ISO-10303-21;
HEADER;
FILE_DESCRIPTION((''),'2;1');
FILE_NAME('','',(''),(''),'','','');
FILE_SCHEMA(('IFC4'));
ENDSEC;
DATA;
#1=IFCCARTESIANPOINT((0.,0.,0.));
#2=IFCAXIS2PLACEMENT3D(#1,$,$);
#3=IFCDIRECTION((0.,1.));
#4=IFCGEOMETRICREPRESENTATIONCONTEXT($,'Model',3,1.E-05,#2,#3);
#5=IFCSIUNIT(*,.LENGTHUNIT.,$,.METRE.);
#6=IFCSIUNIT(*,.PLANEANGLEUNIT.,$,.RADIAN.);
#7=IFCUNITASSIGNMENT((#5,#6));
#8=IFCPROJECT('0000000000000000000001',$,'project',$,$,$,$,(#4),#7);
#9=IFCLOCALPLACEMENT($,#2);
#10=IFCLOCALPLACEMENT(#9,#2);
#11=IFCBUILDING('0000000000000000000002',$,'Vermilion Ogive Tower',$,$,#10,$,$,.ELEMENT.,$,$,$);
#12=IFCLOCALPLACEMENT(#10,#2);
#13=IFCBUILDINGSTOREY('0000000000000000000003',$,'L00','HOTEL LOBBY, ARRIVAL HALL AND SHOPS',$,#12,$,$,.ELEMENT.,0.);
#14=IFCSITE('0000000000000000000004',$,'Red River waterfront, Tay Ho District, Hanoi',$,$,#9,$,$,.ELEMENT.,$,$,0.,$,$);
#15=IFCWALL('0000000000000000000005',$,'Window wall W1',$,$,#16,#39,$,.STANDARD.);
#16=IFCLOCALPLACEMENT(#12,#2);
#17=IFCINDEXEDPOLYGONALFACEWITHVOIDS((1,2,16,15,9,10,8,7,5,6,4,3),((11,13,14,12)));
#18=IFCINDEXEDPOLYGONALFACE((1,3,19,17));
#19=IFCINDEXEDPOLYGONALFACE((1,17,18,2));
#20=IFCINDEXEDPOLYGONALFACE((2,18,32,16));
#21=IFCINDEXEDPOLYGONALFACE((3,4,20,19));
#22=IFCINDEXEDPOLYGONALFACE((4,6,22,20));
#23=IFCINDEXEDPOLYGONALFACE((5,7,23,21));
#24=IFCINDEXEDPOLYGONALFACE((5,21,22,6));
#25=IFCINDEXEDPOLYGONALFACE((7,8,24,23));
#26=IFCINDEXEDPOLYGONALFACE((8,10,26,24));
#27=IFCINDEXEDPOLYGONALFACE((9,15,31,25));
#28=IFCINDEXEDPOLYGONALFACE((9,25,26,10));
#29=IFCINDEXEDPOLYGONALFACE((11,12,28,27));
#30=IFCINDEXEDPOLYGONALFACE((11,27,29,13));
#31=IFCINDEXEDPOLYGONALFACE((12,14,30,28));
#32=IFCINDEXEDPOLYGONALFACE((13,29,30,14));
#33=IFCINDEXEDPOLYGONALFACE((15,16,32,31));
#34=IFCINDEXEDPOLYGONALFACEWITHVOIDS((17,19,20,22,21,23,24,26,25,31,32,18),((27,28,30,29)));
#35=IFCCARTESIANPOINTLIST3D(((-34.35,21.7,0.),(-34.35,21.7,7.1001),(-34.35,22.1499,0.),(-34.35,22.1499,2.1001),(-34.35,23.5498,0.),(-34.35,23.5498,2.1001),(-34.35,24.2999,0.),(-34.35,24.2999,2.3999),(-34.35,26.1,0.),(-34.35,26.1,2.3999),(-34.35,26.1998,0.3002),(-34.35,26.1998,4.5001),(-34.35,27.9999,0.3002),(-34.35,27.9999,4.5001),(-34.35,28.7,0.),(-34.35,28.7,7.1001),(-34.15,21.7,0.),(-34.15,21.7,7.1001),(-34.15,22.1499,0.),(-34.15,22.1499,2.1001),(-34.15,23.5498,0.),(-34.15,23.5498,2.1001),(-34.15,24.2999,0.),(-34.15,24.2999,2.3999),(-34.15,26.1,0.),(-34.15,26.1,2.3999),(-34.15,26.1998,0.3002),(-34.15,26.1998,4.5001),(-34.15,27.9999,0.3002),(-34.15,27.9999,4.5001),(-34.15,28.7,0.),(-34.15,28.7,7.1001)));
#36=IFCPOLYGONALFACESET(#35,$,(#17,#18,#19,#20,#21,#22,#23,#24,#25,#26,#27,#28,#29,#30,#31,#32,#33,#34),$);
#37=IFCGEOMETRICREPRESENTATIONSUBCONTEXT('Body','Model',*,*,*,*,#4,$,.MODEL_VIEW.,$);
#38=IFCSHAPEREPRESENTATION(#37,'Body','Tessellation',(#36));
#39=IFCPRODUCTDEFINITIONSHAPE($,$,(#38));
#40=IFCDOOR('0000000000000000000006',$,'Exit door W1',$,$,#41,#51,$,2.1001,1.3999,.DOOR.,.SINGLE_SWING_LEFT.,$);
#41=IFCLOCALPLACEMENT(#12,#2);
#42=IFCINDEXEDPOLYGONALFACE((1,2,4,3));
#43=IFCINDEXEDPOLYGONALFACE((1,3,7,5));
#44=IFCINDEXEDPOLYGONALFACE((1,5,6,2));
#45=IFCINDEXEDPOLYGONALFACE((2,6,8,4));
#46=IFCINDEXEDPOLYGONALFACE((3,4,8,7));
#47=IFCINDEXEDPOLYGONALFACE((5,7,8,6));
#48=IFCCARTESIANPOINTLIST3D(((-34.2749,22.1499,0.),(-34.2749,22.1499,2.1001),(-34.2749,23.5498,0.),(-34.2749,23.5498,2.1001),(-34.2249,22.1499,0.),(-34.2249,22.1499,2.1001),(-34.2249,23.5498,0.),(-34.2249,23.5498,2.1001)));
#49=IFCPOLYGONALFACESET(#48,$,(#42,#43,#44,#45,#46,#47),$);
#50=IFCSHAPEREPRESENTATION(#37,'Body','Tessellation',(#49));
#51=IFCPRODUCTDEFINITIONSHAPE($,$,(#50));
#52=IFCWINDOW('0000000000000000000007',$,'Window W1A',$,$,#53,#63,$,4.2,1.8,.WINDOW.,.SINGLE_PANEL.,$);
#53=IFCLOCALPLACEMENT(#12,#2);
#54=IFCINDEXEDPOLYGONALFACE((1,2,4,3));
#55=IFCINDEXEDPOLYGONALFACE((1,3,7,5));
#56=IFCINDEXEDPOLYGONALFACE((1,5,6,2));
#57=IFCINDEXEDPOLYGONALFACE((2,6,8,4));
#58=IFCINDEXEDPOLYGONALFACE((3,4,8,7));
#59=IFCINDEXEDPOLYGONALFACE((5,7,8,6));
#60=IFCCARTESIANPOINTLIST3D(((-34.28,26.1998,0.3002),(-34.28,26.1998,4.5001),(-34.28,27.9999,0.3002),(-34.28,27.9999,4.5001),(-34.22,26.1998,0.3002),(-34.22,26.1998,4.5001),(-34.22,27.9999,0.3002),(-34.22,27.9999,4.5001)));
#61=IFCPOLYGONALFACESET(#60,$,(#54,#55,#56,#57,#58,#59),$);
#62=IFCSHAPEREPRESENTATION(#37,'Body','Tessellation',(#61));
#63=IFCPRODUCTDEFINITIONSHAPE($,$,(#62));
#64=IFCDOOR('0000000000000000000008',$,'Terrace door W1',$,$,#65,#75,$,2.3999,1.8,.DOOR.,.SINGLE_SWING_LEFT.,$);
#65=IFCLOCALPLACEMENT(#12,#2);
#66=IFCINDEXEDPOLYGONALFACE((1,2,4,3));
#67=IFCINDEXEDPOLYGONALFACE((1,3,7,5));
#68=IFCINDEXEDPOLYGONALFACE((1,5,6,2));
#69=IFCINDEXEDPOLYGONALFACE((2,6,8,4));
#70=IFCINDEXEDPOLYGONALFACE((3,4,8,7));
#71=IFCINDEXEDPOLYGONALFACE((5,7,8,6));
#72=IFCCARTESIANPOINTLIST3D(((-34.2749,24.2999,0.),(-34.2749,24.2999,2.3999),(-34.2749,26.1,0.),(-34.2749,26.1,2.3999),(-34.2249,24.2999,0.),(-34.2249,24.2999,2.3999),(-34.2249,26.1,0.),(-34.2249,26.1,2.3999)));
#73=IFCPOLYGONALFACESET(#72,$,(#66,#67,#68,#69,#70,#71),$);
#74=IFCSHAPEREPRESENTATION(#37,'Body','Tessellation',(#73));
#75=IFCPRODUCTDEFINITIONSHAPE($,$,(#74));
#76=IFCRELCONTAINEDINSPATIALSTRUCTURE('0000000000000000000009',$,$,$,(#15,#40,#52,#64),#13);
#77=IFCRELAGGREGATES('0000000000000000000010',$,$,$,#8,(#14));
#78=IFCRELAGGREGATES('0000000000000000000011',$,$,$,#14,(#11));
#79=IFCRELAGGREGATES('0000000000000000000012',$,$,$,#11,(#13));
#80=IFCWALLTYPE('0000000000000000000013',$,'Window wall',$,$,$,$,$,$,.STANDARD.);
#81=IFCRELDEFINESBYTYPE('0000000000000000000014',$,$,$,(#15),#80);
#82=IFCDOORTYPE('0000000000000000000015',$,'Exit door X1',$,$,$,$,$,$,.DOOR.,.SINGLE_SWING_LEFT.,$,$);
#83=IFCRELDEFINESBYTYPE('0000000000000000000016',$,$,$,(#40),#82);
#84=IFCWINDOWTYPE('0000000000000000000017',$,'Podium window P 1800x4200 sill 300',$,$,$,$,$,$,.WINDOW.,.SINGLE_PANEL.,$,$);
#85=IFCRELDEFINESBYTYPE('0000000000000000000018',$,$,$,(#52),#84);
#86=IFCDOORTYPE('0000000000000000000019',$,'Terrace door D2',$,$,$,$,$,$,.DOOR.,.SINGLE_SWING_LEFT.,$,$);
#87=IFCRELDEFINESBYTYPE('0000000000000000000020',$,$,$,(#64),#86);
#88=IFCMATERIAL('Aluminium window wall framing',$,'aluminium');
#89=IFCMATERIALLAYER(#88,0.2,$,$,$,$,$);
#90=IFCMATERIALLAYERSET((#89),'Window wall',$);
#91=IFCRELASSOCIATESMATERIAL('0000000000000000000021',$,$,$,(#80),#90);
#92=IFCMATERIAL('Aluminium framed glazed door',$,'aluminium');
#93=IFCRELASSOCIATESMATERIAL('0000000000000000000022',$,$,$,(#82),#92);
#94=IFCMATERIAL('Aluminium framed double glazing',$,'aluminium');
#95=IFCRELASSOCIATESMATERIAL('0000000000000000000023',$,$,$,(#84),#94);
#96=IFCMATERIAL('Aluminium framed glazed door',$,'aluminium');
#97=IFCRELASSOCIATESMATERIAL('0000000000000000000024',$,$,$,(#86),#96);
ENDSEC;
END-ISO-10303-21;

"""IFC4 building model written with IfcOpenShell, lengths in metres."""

from ifc_helpers import new_model, si_unit, direction, frame, frame_2d, origin, place, context, subcontext, project, spatial, rectangle, extrude, material, layer, layer_set, type_object, element, fill, save


model = new_model("IFC4")

# Units and contexts
model_context = context("Model", 3, precision=1e-05, world=origin(), true_north=direction((0.0, 1.0)))
body_context = subcontext(model_context, "Body", "Model", "MODEL_VIEW")
ifc_project = project(units=[si_unit("LENGTHUNIT", "METRE"), si_unit("PLANEANGLEUNIT", "RADIAN")], contexts=[model_context])

# Site, building, storey
site_placement = place(None, origin())
site = spatial("IfcSite", under=ifc_project, at=site_placement, Name="Red River waterfront, Tay Ho District, Hanoi", CompositionType="ELEMENT", RefElevation=0.0)
building_placement = place(site_placement, origin())
building = spatial("IfcBuilding", under=site, at=building_placement, Name="Vermilion Ogive Tower", CompositionType="ELEMENT")
storey_placement = place(building_placement, origin())
storey = spatial("IfcBuildingStorey", under=building, at=storey_placement, Name="L00", Description="HOTEL LOBBY, ARRIVAL HALL AND SHOPS", CompositionType="ELEMENT", Elevation=0.0)

# Wall, openings, doors, window
ifc_material_1 = material(Name="Aluminium window wall framing", Category="aluminium")
ifc_layer_1 = layer(ifc_material_1, 0.2)
ifc_layer_set_1 = layer_set([ifc_layer_1], Name="Window wall")
wall_type_1 = type_object("IfcWallType", Name="Window wall", PredefinedType="STANDARD", material=ifc_layer_set_1)
wall_1_placement = place(storey_placement, frame((-34.25, 21.7, 0.0), z_axis=(0.0, 0.0, 1.0), x_axis=(0.0, 1.0, 0.0)))
wall_1 = element("IfcWall", 1, at=wall_1_placement, inside=storey, type_object=wall_type_1, Name="Window wall W1", PredefinedType="STANDARD", context=body_context, shape_type="SweptSolid", body=[
    extrude(rectangle(XDim=7.0, YDim=0.2, at=frame_2d((3.5, 0.0))), origin(), (0.0, 0.0, 1.0), 7.1001),
])
opening_1_placement = place(wall_1_placement, frame((4.5, 0.0, 0.3)))
opening_1 = element("IfcOpeningElement", 2, at=opening_1_placement, cuts=wall_1, PredefinedType="OPENING", context=body_context, shape_type="SweptSolid", body=[
    extrude(rectangle(XDim=1.8, YDim=4.2, at=frame_2d((0.8999, 2.1001))), frame((0.0, 0.1099, 0.0), z_axis=(0.0, -1.0, 0.0), x_axis=(1.0, 0.0, 0.0)), (0.0, 0.0, 1.0), 0.22),
])
opening_2_placement = place(wall_1_placement, frame((2.6001, 0.0, 0.0)))
opening_2 = element("IfcOpeningElement", 3, at=opening_2_placement, cuts=wall_1, PredefinedType="OPENING", context=body_context, shape_type="SweptSolid", body=[
    extrude(rectangle(XDim=1.8, YDim=2.3999, at=frame_2d((0.8999, 1.2))), frame((0.0, 0.1099, 0.0), z_axis=(0.0, -1.0, 0.0), x_axis=(1.0, 0.0, 0.0)), (0.0, 0.0, 1.0), 0.22),
])
opening_3_placement = place(wall_1_placement, frame((0.45, 0.0, 0.0)))
opening_3 = element("IfcOpeningElement", 4, at=opening_3_placement, cuts=wall_1, PredefinedType="OPENING", context=body_context, shape_type="SweptSolid", body=[
    extrude(rectangle(XDim=1.3999, YDim=2.1001, at=frame_2d((0.7, 1.05))), frame((0.0, 0.1099, 0.0), z_axis=(0.0, -1.0, 0.0), x_axis=(1.0, 0.0, 0.0)), (0.0, 0.0, 1.0), 0.22),
])
ifc_material_2 = material(Name="Aluminium framed glazed door", Category="aluminium")
door_type_1 = type_object("IfcDoorType", Name="Exit door X1", OperationType="SINGLE_SWING_LEFT", PredefinedType="DOOR", material=ifc_material_2)
door_1_placement = place(opening_3_placement, origin())
door_1 = element("IfcDoor", 5, at=door_1_placement, inside=storey, type_object=door_type_1, Name="Exit door W1", OperationType="SINGLE_SWING_LEFT", OverallHeight=2.1001, OverallWidth=1.3999, PredefinedType="DOOR", context=body_context, shape_type="SweptSolid", body=[
    extrude(rectangle(XDim=1.3999, YDim=2.1001, at=frame_2d((0.7, 1.05))), frame((0.0, 0.0249, 0.0), z_axis=(0.0, -1.0, 0.0), x_axis=(1.0, 0.0, 0.0)), (0.0, 0.0, 1.0), 0.05),
])
fill(opening_3, door_1)
ifc_material_3 = material(Name="Aluminium framed double glazing", Category="aluminium")
window_type = type_object("IfcWindowType", Name="Podium window P 1800x4200 sill 300", PartitioningType="SINGLE_PANEL", PredefinedType="WINDOW", material=ifc_material_3)
window_placement = place(opening_1_placement, origin())
window = element("IfcWindow", 6, at=window_placement, inside=storey, type_object=window_type, Name="Window W1A", OverallHeight=4.2, OverallWidth=1.8, PartitioningType="SINGLE_PANEL", PredefinedType="WINDOW", context=body_context, shape_type="SweptSolid", body=[
    extrude(rectangle(XDim=1.8, YDim=4.2, at=frame_2d((0.8999, 2.1001))), frame((0.0, 0.03, 0.0), z_axis=(0.0, -1.0, 0.0), x_axis=(1.0, 0.0, 0.0)), (0.0, 0.0, 1.0), 0.0601),
])
fill(opening_1, window)
ifc_material_4 = material(Name="Aluminium framed glazed door", Category="aluminium")
door_type_2 = type_object("IfcDoorType", Name="Terrace door D2", OperationType="SINGLE_SWING_LEFT", PredefinedType="DOOR", material=ifc_material_4)
door_2_placement = place(opening_2_placement, origin())
door_2 = element("IfcDoor", 7, at=door_2_placement, inside=storey, type_object=door_type_2, Name="Terrace door W1", OperationType="SINGLE_SWING_LEFT", OverallHeight=2.3999, OverallWidth=1.8, PredefinedType="DOOR", context=body_context, shape_type="SweptSolid", body=[
    extrude(rectangle(XDim=1.8, YDim=2.3999, at=frame_2d((0.8999, 1.2))), frame((0.0, 0.0249, 0.0), z_axis=(0.0, -1.0, 0.0), x_axis=(1.0, 0.0, 0.0)), (0.0, 0.0, 1.0), 0.05),
])
fill(opening_2, door_2)

save(model, "model.ifc")
